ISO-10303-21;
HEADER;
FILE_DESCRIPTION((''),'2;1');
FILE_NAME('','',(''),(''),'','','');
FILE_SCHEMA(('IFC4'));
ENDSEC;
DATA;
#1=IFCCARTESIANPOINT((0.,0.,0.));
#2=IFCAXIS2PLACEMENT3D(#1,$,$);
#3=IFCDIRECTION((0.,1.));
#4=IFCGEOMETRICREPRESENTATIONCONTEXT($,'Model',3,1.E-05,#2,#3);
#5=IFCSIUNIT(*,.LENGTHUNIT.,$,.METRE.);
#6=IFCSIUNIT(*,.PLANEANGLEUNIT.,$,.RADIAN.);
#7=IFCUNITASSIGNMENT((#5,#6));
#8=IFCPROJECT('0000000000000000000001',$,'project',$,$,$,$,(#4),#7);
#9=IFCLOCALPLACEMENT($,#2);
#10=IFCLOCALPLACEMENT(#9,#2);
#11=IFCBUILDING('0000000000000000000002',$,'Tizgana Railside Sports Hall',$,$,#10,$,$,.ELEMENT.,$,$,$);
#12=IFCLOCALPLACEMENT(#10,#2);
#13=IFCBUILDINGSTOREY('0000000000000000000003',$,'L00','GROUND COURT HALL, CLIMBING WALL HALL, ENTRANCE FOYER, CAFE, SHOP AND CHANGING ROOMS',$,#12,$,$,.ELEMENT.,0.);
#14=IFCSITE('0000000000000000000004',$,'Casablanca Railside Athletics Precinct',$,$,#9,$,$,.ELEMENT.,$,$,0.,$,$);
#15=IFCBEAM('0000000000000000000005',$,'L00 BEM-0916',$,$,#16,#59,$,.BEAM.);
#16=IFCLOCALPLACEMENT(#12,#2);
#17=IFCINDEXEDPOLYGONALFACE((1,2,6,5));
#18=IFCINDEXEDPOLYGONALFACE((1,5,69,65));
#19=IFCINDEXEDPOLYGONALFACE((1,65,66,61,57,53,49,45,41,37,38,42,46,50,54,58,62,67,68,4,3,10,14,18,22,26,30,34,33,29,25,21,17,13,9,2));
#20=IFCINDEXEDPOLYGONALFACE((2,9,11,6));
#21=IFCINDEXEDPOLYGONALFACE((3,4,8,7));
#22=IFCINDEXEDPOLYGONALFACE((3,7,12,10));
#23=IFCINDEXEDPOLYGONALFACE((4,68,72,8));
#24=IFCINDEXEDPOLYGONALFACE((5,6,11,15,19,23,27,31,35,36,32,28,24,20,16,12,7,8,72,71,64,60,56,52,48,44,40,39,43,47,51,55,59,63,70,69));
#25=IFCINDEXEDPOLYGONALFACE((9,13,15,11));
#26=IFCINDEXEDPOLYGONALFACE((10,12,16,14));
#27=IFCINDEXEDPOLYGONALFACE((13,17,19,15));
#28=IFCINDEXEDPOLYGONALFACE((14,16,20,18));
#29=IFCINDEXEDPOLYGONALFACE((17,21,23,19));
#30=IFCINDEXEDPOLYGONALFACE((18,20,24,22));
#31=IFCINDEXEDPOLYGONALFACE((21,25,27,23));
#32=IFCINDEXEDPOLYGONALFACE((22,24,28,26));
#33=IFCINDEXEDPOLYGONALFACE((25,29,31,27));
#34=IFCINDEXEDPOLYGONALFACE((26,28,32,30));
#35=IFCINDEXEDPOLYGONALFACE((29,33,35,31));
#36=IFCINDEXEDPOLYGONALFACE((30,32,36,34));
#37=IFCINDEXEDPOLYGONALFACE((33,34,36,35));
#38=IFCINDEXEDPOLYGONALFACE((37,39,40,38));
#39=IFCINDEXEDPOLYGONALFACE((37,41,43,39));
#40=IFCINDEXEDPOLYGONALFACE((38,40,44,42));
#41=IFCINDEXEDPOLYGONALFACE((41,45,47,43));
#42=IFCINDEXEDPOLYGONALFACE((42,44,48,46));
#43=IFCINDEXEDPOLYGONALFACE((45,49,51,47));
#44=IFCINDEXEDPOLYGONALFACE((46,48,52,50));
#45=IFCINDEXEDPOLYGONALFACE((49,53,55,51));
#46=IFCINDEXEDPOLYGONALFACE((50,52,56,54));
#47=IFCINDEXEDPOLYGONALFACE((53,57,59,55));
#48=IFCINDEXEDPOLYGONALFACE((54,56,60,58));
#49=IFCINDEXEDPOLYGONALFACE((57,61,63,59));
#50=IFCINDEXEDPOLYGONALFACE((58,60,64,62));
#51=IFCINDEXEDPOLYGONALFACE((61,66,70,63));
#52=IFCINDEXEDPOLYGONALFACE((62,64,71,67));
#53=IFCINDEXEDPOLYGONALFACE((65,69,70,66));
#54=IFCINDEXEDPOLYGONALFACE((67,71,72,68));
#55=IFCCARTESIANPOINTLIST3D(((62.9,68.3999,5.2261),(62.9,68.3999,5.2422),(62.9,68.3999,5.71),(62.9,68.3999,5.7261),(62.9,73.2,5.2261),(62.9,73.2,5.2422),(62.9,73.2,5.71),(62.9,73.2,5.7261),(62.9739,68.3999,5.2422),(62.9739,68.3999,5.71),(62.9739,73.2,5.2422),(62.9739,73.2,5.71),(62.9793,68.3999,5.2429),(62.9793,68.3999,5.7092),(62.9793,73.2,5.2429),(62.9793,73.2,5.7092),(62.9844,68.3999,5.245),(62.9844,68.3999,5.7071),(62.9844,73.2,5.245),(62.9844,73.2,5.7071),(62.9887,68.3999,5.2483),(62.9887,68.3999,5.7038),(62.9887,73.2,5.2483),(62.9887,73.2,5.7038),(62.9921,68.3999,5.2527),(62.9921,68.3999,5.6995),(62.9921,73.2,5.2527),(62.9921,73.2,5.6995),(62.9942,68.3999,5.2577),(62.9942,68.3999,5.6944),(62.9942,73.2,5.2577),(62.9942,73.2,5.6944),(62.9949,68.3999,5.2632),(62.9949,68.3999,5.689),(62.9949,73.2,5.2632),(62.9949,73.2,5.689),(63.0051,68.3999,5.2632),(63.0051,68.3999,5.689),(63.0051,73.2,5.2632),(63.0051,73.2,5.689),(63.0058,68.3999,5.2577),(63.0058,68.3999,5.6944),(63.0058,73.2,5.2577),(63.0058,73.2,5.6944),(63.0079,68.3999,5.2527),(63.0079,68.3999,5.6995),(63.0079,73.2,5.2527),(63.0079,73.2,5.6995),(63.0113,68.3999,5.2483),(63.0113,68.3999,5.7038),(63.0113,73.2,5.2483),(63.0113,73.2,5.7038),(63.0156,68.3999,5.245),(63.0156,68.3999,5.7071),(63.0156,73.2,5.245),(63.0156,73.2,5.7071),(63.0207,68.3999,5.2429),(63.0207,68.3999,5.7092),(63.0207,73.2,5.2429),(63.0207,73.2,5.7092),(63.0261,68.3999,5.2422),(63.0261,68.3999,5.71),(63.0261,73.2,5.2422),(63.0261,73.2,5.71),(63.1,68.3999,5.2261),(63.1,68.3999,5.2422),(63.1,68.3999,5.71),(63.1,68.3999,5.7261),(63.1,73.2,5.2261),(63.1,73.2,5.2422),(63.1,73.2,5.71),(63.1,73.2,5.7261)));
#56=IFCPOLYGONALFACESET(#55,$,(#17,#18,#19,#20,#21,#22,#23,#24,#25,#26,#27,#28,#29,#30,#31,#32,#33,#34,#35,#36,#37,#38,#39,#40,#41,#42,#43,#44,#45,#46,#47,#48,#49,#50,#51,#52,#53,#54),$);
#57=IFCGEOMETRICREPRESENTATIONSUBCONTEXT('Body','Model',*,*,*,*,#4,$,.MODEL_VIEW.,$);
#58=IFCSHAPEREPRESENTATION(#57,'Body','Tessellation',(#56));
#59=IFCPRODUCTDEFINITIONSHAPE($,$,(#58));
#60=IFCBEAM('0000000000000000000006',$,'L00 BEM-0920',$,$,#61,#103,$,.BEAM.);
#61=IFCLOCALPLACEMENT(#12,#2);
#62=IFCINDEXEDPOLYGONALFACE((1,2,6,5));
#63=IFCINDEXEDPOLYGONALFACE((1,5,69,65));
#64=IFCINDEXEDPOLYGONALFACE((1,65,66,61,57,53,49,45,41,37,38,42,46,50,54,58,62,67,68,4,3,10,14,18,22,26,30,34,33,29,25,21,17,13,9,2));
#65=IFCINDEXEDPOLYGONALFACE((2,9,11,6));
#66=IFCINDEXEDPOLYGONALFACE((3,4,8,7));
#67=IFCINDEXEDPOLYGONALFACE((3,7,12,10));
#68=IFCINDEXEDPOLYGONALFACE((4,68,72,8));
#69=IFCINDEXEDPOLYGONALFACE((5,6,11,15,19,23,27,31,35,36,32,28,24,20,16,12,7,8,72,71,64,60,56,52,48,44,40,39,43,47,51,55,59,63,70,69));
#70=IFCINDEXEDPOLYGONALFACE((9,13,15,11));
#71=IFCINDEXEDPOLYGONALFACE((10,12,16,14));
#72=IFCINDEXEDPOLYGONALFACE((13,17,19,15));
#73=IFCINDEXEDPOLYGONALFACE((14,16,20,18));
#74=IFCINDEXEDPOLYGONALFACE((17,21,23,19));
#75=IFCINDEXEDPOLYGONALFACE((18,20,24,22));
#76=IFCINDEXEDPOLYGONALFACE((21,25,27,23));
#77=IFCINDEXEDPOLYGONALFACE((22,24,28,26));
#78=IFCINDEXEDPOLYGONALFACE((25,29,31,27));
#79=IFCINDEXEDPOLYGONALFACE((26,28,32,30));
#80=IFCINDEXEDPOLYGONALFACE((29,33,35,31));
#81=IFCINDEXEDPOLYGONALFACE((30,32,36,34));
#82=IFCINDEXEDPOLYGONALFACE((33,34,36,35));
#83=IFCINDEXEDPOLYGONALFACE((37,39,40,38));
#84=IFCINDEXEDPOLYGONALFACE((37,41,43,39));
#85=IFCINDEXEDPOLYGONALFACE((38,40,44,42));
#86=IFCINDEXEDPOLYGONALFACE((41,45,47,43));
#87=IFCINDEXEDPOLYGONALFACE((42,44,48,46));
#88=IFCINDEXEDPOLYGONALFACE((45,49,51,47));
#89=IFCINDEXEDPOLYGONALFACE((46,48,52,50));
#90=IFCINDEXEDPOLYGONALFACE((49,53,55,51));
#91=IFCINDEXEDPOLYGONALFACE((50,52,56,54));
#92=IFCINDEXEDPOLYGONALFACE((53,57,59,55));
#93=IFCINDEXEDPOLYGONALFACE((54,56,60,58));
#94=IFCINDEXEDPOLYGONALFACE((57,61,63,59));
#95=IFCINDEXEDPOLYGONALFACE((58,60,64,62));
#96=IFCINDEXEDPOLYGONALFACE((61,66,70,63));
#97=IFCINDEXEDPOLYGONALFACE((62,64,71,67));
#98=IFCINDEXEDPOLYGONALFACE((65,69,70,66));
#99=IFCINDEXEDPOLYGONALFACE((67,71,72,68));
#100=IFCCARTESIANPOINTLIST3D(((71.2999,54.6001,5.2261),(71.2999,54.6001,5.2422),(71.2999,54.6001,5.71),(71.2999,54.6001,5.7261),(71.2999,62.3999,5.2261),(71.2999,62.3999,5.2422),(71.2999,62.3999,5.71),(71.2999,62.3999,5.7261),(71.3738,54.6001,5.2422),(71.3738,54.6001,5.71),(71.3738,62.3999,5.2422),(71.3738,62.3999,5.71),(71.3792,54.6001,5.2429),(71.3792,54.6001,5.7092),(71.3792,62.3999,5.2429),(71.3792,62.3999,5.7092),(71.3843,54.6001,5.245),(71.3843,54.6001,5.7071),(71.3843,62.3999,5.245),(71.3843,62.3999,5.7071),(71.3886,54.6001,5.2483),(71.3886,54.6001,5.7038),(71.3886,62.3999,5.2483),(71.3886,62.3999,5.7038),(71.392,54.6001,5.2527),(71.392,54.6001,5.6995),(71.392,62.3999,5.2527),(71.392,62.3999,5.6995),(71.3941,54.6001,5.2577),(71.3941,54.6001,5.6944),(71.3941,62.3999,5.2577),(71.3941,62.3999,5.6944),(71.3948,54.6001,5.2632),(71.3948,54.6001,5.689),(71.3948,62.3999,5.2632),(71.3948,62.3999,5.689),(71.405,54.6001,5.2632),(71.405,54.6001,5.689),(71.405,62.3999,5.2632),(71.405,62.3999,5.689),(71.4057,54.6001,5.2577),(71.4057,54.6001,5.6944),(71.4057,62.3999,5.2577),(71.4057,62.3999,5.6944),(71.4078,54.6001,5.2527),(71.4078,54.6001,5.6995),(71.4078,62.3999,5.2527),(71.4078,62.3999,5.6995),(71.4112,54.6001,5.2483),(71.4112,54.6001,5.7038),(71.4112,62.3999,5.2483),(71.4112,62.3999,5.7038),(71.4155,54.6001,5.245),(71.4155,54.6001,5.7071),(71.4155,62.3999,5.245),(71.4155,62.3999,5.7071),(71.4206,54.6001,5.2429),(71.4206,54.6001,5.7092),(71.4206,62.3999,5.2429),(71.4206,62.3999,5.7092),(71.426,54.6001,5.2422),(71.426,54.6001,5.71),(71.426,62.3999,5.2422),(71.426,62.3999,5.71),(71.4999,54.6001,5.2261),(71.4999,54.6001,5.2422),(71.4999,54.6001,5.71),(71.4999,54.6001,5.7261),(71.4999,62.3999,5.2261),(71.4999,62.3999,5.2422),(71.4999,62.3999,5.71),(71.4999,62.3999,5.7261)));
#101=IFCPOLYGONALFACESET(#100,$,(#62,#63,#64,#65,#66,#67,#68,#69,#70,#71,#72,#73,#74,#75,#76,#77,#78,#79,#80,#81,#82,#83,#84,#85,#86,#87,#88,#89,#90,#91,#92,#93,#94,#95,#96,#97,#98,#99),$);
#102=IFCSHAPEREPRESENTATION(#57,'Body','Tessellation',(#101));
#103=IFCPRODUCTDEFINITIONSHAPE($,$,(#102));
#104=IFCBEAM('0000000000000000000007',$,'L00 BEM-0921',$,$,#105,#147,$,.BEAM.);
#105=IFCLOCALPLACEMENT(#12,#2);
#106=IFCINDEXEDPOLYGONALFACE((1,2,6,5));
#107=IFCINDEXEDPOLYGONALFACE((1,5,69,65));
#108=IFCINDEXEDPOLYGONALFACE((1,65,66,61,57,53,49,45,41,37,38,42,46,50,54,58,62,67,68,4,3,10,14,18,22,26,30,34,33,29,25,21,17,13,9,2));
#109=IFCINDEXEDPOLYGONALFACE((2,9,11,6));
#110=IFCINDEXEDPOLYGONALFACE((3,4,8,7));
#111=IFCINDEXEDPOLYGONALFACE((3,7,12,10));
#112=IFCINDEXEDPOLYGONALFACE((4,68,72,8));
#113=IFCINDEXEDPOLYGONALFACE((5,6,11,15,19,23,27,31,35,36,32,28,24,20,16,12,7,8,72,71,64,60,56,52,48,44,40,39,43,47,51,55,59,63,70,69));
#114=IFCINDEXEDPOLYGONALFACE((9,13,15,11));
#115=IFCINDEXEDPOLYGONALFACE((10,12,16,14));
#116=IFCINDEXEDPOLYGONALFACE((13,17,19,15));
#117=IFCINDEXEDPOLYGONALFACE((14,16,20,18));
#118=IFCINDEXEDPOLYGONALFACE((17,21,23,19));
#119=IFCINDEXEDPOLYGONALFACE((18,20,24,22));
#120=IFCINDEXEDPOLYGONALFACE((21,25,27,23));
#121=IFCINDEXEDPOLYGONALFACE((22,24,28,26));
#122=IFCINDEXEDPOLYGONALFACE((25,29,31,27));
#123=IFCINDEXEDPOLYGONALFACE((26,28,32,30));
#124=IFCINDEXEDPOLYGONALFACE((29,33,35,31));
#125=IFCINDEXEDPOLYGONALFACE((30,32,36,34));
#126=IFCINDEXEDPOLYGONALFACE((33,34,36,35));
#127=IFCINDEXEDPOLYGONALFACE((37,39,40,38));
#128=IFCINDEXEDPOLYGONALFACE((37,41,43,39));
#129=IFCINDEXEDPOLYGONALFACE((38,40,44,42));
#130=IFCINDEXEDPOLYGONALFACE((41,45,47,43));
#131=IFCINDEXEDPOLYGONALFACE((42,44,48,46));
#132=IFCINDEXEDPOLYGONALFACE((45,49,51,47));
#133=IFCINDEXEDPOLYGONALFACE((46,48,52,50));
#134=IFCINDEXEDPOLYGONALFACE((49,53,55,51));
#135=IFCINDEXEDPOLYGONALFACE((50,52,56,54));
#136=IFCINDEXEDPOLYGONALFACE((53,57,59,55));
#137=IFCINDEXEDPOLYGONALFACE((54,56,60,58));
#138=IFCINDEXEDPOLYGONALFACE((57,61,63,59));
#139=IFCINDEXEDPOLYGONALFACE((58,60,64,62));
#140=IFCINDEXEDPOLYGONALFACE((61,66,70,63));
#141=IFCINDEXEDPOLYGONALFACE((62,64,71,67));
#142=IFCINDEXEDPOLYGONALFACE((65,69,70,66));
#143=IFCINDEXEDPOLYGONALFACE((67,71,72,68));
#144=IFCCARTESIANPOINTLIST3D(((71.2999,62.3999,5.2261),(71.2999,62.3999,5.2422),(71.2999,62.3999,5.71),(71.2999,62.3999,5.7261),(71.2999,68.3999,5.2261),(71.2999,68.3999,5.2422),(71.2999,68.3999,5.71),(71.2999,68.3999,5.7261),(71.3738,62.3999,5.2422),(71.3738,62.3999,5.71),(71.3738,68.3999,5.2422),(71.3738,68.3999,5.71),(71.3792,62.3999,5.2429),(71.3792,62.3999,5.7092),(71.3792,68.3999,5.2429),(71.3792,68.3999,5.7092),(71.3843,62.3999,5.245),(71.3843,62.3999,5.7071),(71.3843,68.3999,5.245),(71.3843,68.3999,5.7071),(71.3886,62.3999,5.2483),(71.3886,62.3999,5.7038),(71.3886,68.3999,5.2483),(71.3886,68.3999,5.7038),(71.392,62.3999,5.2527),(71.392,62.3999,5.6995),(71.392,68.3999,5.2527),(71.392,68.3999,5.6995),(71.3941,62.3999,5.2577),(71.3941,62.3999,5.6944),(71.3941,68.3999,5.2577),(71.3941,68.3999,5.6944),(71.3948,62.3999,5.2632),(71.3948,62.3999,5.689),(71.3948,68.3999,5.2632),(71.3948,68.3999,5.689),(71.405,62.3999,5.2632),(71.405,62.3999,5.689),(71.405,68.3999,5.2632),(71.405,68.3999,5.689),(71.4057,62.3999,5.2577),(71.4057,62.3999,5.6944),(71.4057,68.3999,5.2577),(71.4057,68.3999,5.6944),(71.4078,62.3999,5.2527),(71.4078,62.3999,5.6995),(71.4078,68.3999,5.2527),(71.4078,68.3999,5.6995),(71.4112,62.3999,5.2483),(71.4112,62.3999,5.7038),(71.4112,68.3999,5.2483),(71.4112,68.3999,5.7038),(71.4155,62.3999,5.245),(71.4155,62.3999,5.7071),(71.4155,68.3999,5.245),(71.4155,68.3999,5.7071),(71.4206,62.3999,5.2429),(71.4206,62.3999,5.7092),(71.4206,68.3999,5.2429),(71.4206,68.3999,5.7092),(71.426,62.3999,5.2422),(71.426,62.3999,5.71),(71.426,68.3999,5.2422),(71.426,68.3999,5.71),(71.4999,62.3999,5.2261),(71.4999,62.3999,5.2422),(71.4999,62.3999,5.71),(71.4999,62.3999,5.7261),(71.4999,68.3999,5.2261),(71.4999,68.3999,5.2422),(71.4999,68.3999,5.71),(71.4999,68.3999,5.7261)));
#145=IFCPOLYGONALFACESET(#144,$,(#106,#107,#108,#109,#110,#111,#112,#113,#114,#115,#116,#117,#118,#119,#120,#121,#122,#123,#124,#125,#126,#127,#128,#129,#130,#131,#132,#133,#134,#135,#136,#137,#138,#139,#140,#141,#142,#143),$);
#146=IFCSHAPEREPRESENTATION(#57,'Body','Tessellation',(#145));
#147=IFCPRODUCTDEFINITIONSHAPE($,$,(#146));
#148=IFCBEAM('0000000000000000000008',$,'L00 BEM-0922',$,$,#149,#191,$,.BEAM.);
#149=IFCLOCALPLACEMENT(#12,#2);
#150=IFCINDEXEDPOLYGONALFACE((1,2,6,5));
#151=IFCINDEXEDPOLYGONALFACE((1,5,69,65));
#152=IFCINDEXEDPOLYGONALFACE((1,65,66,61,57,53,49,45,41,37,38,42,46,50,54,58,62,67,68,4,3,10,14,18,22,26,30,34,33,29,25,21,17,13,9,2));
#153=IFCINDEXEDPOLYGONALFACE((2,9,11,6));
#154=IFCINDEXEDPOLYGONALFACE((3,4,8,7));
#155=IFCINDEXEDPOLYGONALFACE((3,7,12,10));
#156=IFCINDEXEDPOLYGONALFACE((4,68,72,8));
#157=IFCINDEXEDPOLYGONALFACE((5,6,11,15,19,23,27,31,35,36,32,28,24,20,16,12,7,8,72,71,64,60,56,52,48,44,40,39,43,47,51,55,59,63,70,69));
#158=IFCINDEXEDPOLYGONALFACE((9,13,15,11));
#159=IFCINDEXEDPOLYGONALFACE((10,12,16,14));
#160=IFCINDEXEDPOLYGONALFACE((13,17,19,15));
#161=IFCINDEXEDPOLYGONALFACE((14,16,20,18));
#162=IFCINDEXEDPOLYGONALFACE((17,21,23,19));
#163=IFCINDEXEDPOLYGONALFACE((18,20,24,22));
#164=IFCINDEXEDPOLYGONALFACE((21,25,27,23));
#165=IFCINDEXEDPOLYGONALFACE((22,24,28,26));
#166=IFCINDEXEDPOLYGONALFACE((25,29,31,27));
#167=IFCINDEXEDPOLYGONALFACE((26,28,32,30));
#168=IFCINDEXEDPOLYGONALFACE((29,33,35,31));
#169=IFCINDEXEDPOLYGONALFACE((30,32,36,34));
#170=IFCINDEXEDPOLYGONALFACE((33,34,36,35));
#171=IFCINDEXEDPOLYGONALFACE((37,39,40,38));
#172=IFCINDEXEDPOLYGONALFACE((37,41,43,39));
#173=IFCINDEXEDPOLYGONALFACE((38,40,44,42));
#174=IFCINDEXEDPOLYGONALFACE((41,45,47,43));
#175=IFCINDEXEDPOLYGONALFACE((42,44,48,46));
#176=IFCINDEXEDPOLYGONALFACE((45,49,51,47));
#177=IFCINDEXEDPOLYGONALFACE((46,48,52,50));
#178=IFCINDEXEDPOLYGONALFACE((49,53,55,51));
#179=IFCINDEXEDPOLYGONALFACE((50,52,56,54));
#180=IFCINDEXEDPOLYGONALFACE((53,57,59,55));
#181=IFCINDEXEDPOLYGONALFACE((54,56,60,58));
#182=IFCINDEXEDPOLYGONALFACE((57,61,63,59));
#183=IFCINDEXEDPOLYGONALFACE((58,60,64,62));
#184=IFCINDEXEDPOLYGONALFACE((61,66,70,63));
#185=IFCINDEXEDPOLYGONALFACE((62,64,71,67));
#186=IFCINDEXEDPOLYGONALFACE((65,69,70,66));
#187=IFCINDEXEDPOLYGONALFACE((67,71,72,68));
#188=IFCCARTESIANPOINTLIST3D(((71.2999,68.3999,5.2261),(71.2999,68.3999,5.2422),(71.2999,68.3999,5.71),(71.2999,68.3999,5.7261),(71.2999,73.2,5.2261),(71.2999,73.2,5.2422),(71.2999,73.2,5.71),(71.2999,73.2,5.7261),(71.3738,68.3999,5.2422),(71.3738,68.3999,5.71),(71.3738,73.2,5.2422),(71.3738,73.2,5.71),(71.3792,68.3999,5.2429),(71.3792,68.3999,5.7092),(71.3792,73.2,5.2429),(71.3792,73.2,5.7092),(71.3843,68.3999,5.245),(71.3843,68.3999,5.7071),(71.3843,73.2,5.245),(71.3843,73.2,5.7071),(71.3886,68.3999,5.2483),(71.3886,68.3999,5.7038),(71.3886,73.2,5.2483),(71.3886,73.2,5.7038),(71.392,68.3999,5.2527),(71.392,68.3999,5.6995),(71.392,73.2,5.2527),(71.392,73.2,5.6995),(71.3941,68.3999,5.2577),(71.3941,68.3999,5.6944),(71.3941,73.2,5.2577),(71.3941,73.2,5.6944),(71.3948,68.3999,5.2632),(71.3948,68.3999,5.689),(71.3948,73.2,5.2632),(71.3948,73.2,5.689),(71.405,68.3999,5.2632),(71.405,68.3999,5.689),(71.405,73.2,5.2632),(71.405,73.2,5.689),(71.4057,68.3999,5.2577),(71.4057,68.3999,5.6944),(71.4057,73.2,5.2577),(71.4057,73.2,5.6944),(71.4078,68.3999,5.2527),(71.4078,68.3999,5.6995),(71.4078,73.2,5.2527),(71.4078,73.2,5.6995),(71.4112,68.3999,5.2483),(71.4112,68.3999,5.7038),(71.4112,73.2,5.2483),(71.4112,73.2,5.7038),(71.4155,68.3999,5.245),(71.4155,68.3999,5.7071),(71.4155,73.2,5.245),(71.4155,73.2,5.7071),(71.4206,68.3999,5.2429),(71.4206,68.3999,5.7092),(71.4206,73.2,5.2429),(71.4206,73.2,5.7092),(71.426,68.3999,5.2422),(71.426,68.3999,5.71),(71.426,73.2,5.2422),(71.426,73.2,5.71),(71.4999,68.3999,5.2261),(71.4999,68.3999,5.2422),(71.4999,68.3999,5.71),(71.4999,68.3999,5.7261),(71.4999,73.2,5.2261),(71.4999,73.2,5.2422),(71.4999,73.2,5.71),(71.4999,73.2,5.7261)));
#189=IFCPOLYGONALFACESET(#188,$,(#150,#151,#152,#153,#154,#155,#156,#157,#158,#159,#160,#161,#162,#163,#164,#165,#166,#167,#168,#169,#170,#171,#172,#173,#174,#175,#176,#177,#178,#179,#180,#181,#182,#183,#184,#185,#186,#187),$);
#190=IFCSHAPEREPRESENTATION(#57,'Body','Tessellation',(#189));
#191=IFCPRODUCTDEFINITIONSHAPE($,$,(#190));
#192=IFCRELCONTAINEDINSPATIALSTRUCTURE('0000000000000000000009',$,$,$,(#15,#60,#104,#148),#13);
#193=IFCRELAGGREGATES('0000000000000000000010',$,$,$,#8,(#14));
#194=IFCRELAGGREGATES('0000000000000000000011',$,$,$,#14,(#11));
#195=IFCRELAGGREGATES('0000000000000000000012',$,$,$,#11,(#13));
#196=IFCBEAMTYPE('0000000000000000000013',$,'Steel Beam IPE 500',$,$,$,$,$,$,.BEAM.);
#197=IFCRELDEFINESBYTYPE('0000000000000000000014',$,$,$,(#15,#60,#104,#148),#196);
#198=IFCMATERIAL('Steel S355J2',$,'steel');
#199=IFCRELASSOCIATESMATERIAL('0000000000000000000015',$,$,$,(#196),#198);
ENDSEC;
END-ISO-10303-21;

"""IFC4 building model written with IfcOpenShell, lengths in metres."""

from ifc_helpers import new_model, si_unit, direction, frame, origin, origin_2d, place, context, subcontext, project, spatial, i_section, extrude, material, material_profile, profile_set, type_object, element, save


model = new_model("IFC4")

# Units and contexts
model_context = context("Model", 3, precision=1e-05, world=origin(), true_north=direction((0.0, 1.0)))
body_context = subcontext(model_context, "Body", "Model", "MODEL_VIEW")
ifc_project = project(units=[si_unit("LENGTHUNIT", "METRE"), si_unit("PLANEANGLEUNIT", "RADIAN")], contexts=[model_context])

# Site, building, storey
site_placement = place(None, origin())
site = spatial("IfcSite", under=ifc_project, at=site_placement, Name="Casablanca Railside Athletics Precinct", CompositionType="ELEMENT", RefElevation=0.0)
building_placement = place(site_placement, origin())
building = spatial("IfcBuilding", under=site, at=building_placement, Name="Tizgana Railside Sports Hall", CompositionType="ELEMENT")
storey_placement = place(building_placement, origin())
storey = spatial("IfcBuildingStorey", under=building, at=storey_placement, Name="L00", Description="GROUND COURT HALL, CLIMBING WALL HALL, ENTRANCE FOYER, CAFE, SHOP AND CHANGING ROOMS", CompositionType="ELEMENT", Elevation=0.0)

# Shared definitions
ifc_material_1 = material(Name="Steel S355J2", Category="steel")

# Beams
ifc_material_profile_1 = material_profile(ifc_material_1, i_section(OverallWidth=0.2, OverallDepth=0.5, WebThickness=0.0103, FlangeThickness=0.0161, FilletRadius=0.021, at=origin_2d()), Name="IPE 500")
ifc_profile_set_1 = profile_set([ifc_material_profile_1], Name="Steel S355J2")
beam_type_1 = type_object("IfcBeamType", Name="Steel Beam IPE 500", PredefinedType="BEAM", material=ifc_profile_set_1)
beam_1_placement = place(storey_placement, frame((63.0, 68.3999, 5.4761), z_axis=(0.0, 1.0, 0.0), x_axis=(-1.0, 0.0, 0.0)))
element("IfcBeam", 1, at=beam_1_placement, inside=storey, type_object=beam_type_1, Name="L00 BEM-0916", PredefinedType="BEAM", context=body_context, shape_type="SweptSolid", body=[
    extrude(i_section(OverallWidth=0.2, OverallDepth=0.5, WebThickness=0.0103, FlangeThickness=0.0161, FilletRadius=0.021, at=origin_2d()), origin(), (0.0, 0.0, 1.0), 4.8),
])
beam_2_placement = place(storey_placement, frame((71.3999, 54.6001, 5.4761), z_axis=(0.0, 1.0, 0.0), x_axis=(-1.0, 0.0, 0.0)))
element("IfcBeam", 2, at=beam_2_placement, inside=storey, type_object=beam_type_1, Name="L00 BEM-0920", PredefinedType="BEAM", context=body_context, shape_type="SweptSolid", body=[
    extrude(i_section(OverallWidth=0.2, OverallDepth=0.5, WebThickness=0.0103, FlangeThickness=0.0161, FilletRadius=0.021, at=origin_2d()), origin(), (0.0, 0.0, 1.0), 7.7998),
])
beam_3_placement = place(storey_placement, frame((71.3999, 62.3999, 5.4761), z_axis=(0.0, 1.0, 0.0), x_axis=(-1.0, 0.0, 0.0)))
element("IfcBeam", 3, at=beam_3_placement, inside=storey, type_object=beam_type_1, Name="L00 BEM-0921", PredefinedType="BEAM", context=body_context, shape_type="SweptSolid", body=[
    extrude(i_section(OverallWidth=0.2, OverallDepth=0.5, WebThickness=0.0103, FlangeThickness=0.0161, FilletRadius=0.021, at=origin_2d()), origin(), (0.0, 0.0, 1.0), 6.0),
])
beam_4_placement = place(storey_placement, frame((71.3999, 68.3999, 5.4761), z_axis=(0.0, 1.0, 0.0), x_axis=(-1.0, 0.0, 0.0)))
element("IfcBeam", 4, at=beam_4_placement, inside=storey, type_object=beam_type_1, Name="L00 BEM-0922", PredefinedType="BEAM", context=body_context, shape_type="SweptSolid", body=[
    extrude(i_section(OverallWidth=0.2, OverallDepth=0.5, WebThickness=0.0103, FlangeThickness=0.0161, FilletRadius=0.021, at=origin_2d()), origin(), (0.0, 0.0, 1.0), 4.8),
])

save(model, "model.ifc")
